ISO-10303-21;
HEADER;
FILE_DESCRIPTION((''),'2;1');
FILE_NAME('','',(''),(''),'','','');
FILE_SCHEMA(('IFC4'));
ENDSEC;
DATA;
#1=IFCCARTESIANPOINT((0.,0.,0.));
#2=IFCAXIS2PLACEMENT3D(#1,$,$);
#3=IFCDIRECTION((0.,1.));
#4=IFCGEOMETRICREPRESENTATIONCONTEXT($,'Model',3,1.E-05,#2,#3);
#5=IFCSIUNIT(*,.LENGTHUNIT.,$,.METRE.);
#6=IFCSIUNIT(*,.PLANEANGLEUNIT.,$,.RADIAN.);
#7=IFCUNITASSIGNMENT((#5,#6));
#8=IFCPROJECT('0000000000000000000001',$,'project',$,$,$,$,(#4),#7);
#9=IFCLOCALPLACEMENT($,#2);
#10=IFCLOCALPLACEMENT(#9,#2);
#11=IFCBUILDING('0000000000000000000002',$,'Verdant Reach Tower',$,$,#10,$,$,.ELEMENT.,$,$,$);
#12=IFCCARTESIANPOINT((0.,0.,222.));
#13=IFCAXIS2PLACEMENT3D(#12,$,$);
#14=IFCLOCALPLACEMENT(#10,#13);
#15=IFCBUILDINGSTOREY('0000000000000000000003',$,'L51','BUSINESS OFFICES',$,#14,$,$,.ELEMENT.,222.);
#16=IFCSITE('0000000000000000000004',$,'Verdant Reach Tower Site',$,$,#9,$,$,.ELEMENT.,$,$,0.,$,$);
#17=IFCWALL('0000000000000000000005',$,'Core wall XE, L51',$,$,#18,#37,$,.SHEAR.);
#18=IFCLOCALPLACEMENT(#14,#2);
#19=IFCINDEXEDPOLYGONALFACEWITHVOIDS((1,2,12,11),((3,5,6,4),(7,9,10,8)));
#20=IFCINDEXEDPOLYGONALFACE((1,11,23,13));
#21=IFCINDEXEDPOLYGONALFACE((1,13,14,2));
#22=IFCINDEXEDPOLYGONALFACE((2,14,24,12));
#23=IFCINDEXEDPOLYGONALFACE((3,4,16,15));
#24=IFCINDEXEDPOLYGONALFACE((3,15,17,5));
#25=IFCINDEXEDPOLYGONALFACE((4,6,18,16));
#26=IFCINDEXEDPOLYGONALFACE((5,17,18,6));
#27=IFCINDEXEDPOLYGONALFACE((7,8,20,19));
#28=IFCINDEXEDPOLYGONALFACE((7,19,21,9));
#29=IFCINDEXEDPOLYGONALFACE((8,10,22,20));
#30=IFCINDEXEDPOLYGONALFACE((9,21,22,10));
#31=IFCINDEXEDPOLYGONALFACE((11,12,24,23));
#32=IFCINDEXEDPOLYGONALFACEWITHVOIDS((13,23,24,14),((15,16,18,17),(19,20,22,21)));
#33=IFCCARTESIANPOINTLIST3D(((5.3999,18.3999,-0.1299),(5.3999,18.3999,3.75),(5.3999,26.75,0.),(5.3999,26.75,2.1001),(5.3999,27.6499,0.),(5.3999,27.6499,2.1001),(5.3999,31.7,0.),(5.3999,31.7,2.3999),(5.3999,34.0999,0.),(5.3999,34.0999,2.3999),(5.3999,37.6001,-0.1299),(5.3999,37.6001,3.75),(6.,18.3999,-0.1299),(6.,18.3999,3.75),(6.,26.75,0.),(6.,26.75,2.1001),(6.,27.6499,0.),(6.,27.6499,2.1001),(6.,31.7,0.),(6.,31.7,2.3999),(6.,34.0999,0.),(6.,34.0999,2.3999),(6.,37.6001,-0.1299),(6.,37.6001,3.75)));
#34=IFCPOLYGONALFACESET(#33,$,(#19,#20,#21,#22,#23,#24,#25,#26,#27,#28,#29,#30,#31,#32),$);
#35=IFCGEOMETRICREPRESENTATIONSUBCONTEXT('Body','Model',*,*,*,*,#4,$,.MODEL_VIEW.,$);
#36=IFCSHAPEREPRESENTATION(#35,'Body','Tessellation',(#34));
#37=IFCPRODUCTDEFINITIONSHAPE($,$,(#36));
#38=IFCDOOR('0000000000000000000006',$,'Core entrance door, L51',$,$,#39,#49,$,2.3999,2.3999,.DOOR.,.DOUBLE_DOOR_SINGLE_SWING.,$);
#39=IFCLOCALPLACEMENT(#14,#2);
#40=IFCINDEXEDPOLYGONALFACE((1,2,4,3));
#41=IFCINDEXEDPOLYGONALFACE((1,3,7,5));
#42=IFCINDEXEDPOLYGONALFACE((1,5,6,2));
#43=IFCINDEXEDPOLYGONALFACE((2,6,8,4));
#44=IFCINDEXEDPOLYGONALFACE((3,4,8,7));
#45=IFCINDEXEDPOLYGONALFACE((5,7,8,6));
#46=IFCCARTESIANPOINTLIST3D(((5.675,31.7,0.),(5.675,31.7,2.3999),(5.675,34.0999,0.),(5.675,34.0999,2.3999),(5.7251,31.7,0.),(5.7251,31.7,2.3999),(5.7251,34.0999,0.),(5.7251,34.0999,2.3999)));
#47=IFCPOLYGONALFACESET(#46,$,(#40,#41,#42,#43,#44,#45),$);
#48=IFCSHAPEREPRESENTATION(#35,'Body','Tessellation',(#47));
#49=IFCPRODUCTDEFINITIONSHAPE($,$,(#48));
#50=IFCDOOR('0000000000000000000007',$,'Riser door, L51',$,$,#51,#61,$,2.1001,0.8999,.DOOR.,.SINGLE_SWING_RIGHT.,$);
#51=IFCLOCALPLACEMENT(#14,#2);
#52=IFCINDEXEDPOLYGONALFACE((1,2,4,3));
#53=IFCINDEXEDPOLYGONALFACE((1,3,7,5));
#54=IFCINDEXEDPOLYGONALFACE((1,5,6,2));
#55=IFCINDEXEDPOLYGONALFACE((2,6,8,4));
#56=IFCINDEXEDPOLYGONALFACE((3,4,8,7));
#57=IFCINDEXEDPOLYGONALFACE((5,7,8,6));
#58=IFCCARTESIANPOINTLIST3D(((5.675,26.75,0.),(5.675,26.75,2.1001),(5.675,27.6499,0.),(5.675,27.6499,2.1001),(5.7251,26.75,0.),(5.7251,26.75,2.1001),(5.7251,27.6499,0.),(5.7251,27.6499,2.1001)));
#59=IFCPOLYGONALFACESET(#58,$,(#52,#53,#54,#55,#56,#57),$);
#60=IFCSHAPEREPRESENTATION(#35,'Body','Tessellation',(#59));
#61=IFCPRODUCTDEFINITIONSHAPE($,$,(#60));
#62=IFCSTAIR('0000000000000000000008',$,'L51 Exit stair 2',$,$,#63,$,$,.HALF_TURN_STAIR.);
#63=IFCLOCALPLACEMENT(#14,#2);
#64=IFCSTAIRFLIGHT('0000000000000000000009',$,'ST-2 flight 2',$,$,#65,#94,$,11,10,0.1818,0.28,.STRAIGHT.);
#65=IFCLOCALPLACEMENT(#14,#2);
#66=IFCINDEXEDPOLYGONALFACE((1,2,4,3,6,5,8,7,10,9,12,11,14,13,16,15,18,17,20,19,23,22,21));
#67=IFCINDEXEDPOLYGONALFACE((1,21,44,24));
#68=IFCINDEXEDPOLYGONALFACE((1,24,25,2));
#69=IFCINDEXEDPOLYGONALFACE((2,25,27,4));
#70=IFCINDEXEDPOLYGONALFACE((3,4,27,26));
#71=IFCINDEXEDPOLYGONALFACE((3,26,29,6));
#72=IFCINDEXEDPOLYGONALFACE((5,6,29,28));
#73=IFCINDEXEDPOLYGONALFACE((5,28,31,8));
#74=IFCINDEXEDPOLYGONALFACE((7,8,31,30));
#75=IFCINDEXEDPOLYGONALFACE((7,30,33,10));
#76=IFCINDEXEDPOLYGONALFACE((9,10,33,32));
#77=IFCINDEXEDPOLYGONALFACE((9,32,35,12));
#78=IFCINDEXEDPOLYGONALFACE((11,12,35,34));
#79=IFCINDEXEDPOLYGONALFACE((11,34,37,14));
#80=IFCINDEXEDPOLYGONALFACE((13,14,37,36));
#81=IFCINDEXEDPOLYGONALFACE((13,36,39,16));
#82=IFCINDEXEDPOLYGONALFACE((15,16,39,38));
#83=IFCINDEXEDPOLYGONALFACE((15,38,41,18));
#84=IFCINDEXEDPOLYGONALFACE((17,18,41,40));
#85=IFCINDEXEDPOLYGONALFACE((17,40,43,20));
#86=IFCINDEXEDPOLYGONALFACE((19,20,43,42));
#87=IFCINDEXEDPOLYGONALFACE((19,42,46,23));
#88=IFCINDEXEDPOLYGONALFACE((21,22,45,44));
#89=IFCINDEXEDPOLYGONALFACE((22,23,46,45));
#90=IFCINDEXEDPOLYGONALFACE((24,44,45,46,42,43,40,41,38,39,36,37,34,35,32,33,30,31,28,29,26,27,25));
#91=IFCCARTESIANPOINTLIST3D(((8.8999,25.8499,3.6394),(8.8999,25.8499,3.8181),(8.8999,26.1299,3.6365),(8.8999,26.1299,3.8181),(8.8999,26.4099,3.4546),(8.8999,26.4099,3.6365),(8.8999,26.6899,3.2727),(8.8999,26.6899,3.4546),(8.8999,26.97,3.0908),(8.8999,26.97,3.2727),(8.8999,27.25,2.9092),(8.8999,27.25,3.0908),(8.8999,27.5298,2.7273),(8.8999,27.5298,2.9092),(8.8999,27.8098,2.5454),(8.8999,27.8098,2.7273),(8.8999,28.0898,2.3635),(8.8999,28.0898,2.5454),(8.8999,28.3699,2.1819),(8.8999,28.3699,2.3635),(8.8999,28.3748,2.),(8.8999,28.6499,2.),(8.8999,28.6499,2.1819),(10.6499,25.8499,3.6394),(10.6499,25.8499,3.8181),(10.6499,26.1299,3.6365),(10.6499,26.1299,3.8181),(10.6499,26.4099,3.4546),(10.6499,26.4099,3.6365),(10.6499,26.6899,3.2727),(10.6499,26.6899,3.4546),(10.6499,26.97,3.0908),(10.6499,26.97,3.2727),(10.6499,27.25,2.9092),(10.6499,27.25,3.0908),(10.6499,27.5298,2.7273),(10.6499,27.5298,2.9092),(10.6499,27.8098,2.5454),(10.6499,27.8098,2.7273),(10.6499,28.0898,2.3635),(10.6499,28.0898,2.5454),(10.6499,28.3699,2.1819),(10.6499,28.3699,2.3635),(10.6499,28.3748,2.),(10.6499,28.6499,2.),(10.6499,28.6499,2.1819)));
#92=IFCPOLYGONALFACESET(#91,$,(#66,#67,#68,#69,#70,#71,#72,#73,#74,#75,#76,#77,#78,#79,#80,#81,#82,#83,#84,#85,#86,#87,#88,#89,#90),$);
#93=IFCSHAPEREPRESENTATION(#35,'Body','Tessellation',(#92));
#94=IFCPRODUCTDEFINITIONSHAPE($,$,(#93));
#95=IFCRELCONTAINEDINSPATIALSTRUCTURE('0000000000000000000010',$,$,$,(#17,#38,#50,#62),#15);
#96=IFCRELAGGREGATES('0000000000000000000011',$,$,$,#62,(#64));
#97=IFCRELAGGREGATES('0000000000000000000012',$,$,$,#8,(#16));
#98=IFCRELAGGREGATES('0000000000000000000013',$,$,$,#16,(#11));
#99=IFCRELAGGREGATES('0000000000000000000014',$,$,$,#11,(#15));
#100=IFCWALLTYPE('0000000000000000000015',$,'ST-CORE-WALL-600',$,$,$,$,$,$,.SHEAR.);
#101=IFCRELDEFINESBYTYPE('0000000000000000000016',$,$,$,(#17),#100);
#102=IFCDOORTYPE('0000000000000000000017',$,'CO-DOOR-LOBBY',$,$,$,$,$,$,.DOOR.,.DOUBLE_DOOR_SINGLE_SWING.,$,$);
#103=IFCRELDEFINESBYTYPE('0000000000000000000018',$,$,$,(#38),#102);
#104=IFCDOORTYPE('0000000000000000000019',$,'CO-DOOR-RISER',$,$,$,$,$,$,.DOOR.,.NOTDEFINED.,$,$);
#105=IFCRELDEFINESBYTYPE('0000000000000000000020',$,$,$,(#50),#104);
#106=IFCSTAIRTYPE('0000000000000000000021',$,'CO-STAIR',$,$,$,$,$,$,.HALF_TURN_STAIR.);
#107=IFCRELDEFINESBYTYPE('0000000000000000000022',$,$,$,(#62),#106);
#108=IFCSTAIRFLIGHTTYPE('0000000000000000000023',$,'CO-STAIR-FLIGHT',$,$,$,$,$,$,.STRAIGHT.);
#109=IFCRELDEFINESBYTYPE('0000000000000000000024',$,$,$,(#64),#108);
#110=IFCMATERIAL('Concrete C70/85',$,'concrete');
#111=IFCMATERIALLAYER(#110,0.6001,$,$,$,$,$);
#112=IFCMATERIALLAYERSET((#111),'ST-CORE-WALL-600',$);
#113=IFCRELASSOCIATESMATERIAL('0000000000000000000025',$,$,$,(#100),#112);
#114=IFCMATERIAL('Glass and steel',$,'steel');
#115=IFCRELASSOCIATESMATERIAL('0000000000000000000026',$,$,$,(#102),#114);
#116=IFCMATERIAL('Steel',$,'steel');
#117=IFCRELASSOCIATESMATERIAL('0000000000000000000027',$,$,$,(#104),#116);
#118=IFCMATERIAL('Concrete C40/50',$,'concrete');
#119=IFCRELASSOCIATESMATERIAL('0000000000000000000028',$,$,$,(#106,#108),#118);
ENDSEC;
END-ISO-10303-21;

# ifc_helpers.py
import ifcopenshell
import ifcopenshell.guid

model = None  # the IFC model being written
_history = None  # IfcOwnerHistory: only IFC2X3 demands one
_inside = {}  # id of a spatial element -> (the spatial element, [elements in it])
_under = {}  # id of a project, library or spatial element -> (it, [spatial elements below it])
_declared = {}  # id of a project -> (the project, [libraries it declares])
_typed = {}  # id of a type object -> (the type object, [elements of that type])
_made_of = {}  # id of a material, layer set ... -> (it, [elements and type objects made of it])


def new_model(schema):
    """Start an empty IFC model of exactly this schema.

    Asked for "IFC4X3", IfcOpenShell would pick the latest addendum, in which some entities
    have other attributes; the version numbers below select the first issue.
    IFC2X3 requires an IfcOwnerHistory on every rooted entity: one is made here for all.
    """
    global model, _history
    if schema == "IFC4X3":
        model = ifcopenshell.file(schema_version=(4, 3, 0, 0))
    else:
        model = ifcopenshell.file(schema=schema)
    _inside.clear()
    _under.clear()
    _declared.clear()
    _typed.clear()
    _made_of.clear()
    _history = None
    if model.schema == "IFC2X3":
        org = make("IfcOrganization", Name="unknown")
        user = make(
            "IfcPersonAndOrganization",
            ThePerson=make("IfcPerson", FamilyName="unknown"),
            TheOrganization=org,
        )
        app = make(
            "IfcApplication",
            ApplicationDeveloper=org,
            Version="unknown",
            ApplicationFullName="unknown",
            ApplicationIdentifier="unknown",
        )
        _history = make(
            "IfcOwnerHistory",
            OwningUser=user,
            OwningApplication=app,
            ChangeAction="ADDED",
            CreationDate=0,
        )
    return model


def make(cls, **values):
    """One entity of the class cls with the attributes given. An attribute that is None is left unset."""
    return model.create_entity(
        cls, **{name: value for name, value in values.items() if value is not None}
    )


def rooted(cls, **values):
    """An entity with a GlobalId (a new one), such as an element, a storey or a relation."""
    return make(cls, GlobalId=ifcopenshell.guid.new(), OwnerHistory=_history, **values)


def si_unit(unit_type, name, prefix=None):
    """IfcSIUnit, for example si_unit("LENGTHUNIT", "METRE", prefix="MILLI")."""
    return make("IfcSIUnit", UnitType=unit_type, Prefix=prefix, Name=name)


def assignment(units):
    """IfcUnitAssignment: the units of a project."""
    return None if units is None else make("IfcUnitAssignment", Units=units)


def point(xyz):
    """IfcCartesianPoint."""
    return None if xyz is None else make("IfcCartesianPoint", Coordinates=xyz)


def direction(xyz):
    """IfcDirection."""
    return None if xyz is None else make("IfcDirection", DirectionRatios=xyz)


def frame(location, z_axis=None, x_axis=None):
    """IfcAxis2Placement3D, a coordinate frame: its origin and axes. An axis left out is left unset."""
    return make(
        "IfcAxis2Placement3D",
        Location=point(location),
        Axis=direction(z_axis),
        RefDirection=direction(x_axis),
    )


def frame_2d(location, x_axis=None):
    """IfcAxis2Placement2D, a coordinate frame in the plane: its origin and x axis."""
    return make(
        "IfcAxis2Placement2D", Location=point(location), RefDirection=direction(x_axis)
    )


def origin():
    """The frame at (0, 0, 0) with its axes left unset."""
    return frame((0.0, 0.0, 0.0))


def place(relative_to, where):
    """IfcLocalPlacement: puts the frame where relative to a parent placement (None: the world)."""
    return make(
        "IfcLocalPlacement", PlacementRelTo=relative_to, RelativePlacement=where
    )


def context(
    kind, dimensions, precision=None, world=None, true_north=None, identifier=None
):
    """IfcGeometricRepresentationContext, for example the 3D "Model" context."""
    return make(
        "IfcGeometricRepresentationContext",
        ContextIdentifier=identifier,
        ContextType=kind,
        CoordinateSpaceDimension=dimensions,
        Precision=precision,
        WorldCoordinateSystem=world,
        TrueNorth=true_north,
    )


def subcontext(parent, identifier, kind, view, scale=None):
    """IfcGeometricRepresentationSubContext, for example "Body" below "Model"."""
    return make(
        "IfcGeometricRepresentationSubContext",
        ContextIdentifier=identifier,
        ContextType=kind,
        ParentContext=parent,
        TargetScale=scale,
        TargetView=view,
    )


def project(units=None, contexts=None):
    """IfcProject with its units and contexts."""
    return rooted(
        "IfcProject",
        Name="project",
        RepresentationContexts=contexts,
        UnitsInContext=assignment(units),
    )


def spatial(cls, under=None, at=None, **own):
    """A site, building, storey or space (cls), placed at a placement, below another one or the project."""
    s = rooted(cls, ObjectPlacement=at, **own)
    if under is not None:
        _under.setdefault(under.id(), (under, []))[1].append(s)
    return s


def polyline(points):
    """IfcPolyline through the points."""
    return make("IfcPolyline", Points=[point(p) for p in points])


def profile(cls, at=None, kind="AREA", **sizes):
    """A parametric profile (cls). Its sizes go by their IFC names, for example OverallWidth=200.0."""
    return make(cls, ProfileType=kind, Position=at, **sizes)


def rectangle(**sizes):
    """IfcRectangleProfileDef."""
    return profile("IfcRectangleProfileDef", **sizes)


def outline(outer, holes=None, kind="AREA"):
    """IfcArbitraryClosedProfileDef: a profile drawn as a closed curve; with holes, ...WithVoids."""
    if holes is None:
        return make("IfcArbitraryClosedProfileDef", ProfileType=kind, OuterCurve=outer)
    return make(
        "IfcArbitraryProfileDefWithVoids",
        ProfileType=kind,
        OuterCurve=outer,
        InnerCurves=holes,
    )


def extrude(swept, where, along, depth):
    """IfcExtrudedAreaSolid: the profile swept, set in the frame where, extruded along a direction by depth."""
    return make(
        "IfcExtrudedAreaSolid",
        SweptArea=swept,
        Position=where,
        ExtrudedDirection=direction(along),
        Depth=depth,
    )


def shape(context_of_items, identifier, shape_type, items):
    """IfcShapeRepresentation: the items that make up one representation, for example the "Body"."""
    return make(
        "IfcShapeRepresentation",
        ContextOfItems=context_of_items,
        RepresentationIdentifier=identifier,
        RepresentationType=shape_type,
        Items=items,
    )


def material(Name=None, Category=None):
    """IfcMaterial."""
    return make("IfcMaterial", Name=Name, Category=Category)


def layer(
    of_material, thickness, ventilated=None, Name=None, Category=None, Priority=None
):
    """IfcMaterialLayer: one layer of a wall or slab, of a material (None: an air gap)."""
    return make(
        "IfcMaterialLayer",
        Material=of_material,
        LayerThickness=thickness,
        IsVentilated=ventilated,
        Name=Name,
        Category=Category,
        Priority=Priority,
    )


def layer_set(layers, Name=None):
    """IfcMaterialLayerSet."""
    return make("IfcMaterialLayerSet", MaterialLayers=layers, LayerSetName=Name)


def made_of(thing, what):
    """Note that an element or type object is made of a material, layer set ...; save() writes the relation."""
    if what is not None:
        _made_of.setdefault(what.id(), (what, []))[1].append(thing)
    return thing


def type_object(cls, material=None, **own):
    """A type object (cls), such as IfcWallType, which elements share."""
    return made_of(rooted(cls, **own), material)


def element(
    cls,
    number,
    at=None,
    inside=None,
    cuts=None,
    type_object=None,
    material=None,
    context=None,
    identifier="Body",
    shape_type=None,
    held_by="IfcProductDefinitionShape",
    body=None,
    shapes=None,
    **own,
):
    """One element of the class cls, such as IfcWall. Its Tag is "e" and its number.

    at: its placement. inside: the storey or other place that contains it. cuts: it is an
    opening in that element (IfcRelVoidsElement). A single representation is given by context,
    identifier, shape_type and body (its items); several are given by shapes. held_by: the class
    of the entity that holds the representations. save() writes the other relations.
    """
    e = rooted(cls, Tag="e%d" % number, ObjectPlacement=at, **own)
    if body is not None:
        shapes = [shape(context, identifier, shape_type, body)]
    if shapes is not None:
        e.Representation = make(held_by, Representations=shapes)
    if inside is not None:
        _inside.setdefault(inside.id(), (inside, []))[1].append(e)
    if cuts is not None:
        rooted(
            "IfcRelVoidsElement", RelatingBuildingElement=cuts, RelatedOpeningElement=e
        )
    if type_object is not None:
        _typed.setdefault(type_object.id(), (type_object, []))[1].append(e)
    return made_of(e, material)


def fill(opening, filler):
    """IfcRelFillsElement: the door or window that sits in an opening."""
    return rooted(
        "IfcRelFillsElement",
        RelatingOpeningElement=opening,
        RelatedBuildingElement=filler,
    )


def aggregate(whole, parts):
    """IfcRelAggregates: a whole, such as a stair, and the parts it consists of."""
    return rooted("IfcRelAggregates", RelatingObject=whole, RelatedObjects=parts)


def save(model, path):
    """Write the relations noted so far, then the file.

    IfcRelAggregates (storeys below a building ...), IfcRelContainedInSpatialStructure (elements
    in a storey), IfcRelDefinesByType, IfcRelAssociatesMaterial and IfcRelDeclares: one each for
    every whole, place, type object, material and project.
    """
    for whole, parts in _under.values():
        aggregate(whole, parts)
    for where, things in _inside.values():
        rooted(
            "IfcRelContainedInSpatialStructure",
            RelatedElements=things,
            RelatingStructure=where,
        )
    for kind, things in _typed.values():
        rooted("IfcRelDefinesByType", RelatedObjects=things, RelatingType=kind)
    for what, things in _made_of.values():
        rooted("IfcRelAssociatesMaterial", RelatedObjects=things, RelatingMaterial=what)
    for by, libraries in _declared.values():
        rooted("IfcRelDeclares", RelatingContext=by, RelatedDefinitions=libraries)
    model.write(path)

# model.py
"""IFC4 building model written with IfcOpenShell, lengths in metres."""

from ifc_helpers import new_model, si_unit, direction, frame, frame_2d, origin, place, context, subcontext, project, spatial, polyline, rectangle, outline, extrude, material, layer, layer_set, type_object, element, fill, aggregate, save


model = new_model("IFC4")

# Units and contexts
model_context = context("Model", 3, precision=1e-05, world=origin(), true_north=direction((0.0, 1.0)))
body_context = subcontext(model_context, "Body", "Model", "MODEL_VIEW")
ifc_project = project(units=[si_unit("LENGTHUNIT", "METRE"), si_unit("PLANEANGLEUNIT", "RADIAN")], contexts=[model_context])

# Site, building, storey
site_placement = place(None, origin())
site = spatial("IfcSite", under=ifc_project, at=site_placement, Name="Verdant Reach Tower Site", CompositionType="ELEMENT", RefElevation=0.0)
building_placement = place(site_placement, origin())
building = spatial("IfcBuilding", under=site, at=building_placement, Name="Verdant Reach Tower", CompositionType="ELEMENT")
storey_placement = place(building_placement, frame((0.0, 0.0, 222.0)))
storey = spatial("IfcBuildingStorey", under=building, at=storey_placement, Name="L51", Description="BUSINESS OFFICES", CompositionType="ELEMENT", Elevation=222.0)

# Shared definitions
ifc_material_1 = material(Name="Concrete C40/50", Category="concrete")

# Shared definitions
ifc_material_2 = material(Name="Steel", Category="steel")

# Wall, openings, doors
ifc_material_3 = material(Name="Concrete C70/85", Category="concrete")
ifc_layer_1 = layer(ifc_material_3, 0.6001)
ifc_layer_set_1 = layer_set([ifc_layer_1], Name="ST-CORE-WALL-600")
wall_type_1 = type_object("IfcWallType", Name="ST-CORE-WALL-600", PredefinedType="SHEAR", material=ifc_layer_set_1)
wall_1_placement = place(storey_placement, frame((5.7, 18.3999, -0.1299), z_axis=(0.0, 0.0, 1.0), x_axis=(0.0, 1.0, 0.0)))
wall_1 = element("IfcWall", 1, at=wall_1_placement, inside=storey, type_object=wall_type_1, Name="Core wall XE, L51", PredefinedType="SHEAR", context=body_context, shape_type="SweptSolid", body=[
    extrude(rectangle(XDim=19.2002, YDim=0.6001, at=frame_2d((9.6001, 0.0))), origin(), (0.0, 0.0, 1.0), 3.8799),
])
opening_1_placement = place(wall_1_placement, frame((8.3501, 0.0, 0.1299)))
opening_1 = element("IfcOpeningElement", 2, at=opening_1_placement, cuts=wall_1, PredefinedType="OPENING", context=body_context, shape_type="SweptSolid", body=[
    extrude(rectangle(XDim=0.8999, YDim=2.1001, at=frame_2d((0.45, 1.05))), frame((0.0, 0.3101, 0.0), z_axis=(0.0, -1.0, 0.0), x_axis=(1.0, 0.0, 0.0)), (0.0, 0.0, 1.0), 0.6201),
])
opening_2_placement = place(wall_1_placement, frame((13.3, 0.0, 0.1299)))
opening_2 = element("IfcOpeningElement", 3, at=opening_2_placement, cuts=wall_1, PredefinedType="OPENING", context=body_context, shape_type="SweptSolid", body=[
    extrude(rectangle(XDim=2.3999, YDim=2.3999, at=frame_2d((1.2, 1.2))), frame((0.0, 0.3101, 0.0), z_axis=(0.0, -1.0, 0.0), x_axis=(1.0, 0.0, 0.0)), (0.0, 0.0, 1.0), 0.6201),
])
ifc_material_4 = material(Name="Glass and steel", Category="steel")
door_type_1 = type_object("IfcDoorType", Name="CO-DOOR-LOBBY", OperationType="DOUBLE_DOOR_SINGLE_SWING", PredefinedType="DOOR", material=ifc_material_4)
door_1_placement = place(opening_2_placement, origin())
door_1 = element("IfcDoor", 4, at=door_1_placement, inside=storey, type_object=door_type_1, Name="Core entrance door, L51", OperationType="DOUBLE_DOOR_SINGLE_SWING", OverallHeight=2.3999, OverallWidth=2.3999, PredefinedType="DOOR", context=body_context, shape_type="SweptSolid", body=[
    extrude(rectangle(XDim=2.3999, YDim=2.3999, at=frame_2d((1.2, 1.2))), frame((0.0, 0.0249, 0.0), z_axis=(0.0, -1.0, 0.0), x_axis=(1.0, 0.0, 0.0)), (0.0, 0.0, 1.0), 0.05),
])
fill(opening_2, door_1)
door_type_2 = type_object("IfcDoorType", Name="CO-DOOR-RISER", OperationType="NOTDEFINED", PredefinedType="DOOR", material=ifc_material_2)
door_2_placement = place(opening_1_placement, origin())
door_2 = element("IfcDoor", 5, at=door_2_placement, inside=storey, type_object=door_type_2, Name="Riser door, L51", OperationType="SINGLE_SWING_RIGHT", OverallHeight=2.1001, OverallWidth=0.8999, PredefinedType="DOOR", context=body_context, shape_type="SweptSolid", body=[
    extrude(rectangle(XDim=0.8999, YDim=2.1001, at=frame_2d((0.45, 1.05))), frame((0.0, 0.0249, 0.0), z_axis=(0.0, -1.0, 0.0), x_axis=(1.0, 0.0, 0.0)), (0.0, 0.0, 1.0), 0.05),
])
fill(opening_1, door_2)

# Stair, stair flight
stair_type = type_object("IfcStairType", Name="CO-STAIR", PredefinedType="HALF_TURN_STAIR", material=ifc_material_1)
stair_placement = place(storey_placement, origin())
stair = element("IfcStair", 6, at=stair_placement, inside=storey, type_object=stair_type, Name="L51 Exit stair 2", PredefinedType="HALF_TURN_STAIR")
stair_flight_type = type_object("IfcStairFlightType", Name="CO-STAIR-FLIGHT", PredefinedType="STRAIGHT", material=ifc_material_1)
stair_flight_placement = place(storey_placement, frame((9.7749, 28.6499, 2.0), z_axis=(0.0, 0.0, 1.0), x_axis=(0.0, -1.0, 0.0)))
stair_flight = element("IfcStairFlight", 7, at=stair_flight_placement, type_object=stair_flight_type, Name="ST-2 flight 2", NumberOfRisers=11, NumberOfTreads=10, PredefinedType="STRAIGHT", RiserHeight=0.1818, TreadLength=0.28, context=body_context, shape_type="SweptSolid", body=[
    extrude(outline(polyline([(0.0, 0.0), (0.0, 0.1819), (0.28, 0.1819), (0.28, 0.3635), (0.5601, 0.3635), (0.5601, 0.5454), (0.8401, 0.5454), (0.8401, 0.7273), (1.1201, 0.7273), (1.1201, 0.9092), (1.3999, 0.9092), (1.3999, 1.0908), (1.6799, 1.0908), (1.6799, 1.2727), (1.96, 1.2727), (1.96, 1.4546), (2.24, 1.4546), (2.24, 1.6365), (2.52, 1.6365), (2.52, 1.8181), (2.8, 1.8181), (2.8, 2.0), (2.8, 1.6394), (0.2751, 0.0), (0.0, 0.0)])), frame((0.0, 0.875, 0.0), z_axis=(0.0, -1.0, 0.0), x_axis=(1.0, 0.0, 0.0)), (0.0, 0.0, 1.0), 1.75),
])
aggregate(stair, [stair_flight])

save(model, "model.ifc")
